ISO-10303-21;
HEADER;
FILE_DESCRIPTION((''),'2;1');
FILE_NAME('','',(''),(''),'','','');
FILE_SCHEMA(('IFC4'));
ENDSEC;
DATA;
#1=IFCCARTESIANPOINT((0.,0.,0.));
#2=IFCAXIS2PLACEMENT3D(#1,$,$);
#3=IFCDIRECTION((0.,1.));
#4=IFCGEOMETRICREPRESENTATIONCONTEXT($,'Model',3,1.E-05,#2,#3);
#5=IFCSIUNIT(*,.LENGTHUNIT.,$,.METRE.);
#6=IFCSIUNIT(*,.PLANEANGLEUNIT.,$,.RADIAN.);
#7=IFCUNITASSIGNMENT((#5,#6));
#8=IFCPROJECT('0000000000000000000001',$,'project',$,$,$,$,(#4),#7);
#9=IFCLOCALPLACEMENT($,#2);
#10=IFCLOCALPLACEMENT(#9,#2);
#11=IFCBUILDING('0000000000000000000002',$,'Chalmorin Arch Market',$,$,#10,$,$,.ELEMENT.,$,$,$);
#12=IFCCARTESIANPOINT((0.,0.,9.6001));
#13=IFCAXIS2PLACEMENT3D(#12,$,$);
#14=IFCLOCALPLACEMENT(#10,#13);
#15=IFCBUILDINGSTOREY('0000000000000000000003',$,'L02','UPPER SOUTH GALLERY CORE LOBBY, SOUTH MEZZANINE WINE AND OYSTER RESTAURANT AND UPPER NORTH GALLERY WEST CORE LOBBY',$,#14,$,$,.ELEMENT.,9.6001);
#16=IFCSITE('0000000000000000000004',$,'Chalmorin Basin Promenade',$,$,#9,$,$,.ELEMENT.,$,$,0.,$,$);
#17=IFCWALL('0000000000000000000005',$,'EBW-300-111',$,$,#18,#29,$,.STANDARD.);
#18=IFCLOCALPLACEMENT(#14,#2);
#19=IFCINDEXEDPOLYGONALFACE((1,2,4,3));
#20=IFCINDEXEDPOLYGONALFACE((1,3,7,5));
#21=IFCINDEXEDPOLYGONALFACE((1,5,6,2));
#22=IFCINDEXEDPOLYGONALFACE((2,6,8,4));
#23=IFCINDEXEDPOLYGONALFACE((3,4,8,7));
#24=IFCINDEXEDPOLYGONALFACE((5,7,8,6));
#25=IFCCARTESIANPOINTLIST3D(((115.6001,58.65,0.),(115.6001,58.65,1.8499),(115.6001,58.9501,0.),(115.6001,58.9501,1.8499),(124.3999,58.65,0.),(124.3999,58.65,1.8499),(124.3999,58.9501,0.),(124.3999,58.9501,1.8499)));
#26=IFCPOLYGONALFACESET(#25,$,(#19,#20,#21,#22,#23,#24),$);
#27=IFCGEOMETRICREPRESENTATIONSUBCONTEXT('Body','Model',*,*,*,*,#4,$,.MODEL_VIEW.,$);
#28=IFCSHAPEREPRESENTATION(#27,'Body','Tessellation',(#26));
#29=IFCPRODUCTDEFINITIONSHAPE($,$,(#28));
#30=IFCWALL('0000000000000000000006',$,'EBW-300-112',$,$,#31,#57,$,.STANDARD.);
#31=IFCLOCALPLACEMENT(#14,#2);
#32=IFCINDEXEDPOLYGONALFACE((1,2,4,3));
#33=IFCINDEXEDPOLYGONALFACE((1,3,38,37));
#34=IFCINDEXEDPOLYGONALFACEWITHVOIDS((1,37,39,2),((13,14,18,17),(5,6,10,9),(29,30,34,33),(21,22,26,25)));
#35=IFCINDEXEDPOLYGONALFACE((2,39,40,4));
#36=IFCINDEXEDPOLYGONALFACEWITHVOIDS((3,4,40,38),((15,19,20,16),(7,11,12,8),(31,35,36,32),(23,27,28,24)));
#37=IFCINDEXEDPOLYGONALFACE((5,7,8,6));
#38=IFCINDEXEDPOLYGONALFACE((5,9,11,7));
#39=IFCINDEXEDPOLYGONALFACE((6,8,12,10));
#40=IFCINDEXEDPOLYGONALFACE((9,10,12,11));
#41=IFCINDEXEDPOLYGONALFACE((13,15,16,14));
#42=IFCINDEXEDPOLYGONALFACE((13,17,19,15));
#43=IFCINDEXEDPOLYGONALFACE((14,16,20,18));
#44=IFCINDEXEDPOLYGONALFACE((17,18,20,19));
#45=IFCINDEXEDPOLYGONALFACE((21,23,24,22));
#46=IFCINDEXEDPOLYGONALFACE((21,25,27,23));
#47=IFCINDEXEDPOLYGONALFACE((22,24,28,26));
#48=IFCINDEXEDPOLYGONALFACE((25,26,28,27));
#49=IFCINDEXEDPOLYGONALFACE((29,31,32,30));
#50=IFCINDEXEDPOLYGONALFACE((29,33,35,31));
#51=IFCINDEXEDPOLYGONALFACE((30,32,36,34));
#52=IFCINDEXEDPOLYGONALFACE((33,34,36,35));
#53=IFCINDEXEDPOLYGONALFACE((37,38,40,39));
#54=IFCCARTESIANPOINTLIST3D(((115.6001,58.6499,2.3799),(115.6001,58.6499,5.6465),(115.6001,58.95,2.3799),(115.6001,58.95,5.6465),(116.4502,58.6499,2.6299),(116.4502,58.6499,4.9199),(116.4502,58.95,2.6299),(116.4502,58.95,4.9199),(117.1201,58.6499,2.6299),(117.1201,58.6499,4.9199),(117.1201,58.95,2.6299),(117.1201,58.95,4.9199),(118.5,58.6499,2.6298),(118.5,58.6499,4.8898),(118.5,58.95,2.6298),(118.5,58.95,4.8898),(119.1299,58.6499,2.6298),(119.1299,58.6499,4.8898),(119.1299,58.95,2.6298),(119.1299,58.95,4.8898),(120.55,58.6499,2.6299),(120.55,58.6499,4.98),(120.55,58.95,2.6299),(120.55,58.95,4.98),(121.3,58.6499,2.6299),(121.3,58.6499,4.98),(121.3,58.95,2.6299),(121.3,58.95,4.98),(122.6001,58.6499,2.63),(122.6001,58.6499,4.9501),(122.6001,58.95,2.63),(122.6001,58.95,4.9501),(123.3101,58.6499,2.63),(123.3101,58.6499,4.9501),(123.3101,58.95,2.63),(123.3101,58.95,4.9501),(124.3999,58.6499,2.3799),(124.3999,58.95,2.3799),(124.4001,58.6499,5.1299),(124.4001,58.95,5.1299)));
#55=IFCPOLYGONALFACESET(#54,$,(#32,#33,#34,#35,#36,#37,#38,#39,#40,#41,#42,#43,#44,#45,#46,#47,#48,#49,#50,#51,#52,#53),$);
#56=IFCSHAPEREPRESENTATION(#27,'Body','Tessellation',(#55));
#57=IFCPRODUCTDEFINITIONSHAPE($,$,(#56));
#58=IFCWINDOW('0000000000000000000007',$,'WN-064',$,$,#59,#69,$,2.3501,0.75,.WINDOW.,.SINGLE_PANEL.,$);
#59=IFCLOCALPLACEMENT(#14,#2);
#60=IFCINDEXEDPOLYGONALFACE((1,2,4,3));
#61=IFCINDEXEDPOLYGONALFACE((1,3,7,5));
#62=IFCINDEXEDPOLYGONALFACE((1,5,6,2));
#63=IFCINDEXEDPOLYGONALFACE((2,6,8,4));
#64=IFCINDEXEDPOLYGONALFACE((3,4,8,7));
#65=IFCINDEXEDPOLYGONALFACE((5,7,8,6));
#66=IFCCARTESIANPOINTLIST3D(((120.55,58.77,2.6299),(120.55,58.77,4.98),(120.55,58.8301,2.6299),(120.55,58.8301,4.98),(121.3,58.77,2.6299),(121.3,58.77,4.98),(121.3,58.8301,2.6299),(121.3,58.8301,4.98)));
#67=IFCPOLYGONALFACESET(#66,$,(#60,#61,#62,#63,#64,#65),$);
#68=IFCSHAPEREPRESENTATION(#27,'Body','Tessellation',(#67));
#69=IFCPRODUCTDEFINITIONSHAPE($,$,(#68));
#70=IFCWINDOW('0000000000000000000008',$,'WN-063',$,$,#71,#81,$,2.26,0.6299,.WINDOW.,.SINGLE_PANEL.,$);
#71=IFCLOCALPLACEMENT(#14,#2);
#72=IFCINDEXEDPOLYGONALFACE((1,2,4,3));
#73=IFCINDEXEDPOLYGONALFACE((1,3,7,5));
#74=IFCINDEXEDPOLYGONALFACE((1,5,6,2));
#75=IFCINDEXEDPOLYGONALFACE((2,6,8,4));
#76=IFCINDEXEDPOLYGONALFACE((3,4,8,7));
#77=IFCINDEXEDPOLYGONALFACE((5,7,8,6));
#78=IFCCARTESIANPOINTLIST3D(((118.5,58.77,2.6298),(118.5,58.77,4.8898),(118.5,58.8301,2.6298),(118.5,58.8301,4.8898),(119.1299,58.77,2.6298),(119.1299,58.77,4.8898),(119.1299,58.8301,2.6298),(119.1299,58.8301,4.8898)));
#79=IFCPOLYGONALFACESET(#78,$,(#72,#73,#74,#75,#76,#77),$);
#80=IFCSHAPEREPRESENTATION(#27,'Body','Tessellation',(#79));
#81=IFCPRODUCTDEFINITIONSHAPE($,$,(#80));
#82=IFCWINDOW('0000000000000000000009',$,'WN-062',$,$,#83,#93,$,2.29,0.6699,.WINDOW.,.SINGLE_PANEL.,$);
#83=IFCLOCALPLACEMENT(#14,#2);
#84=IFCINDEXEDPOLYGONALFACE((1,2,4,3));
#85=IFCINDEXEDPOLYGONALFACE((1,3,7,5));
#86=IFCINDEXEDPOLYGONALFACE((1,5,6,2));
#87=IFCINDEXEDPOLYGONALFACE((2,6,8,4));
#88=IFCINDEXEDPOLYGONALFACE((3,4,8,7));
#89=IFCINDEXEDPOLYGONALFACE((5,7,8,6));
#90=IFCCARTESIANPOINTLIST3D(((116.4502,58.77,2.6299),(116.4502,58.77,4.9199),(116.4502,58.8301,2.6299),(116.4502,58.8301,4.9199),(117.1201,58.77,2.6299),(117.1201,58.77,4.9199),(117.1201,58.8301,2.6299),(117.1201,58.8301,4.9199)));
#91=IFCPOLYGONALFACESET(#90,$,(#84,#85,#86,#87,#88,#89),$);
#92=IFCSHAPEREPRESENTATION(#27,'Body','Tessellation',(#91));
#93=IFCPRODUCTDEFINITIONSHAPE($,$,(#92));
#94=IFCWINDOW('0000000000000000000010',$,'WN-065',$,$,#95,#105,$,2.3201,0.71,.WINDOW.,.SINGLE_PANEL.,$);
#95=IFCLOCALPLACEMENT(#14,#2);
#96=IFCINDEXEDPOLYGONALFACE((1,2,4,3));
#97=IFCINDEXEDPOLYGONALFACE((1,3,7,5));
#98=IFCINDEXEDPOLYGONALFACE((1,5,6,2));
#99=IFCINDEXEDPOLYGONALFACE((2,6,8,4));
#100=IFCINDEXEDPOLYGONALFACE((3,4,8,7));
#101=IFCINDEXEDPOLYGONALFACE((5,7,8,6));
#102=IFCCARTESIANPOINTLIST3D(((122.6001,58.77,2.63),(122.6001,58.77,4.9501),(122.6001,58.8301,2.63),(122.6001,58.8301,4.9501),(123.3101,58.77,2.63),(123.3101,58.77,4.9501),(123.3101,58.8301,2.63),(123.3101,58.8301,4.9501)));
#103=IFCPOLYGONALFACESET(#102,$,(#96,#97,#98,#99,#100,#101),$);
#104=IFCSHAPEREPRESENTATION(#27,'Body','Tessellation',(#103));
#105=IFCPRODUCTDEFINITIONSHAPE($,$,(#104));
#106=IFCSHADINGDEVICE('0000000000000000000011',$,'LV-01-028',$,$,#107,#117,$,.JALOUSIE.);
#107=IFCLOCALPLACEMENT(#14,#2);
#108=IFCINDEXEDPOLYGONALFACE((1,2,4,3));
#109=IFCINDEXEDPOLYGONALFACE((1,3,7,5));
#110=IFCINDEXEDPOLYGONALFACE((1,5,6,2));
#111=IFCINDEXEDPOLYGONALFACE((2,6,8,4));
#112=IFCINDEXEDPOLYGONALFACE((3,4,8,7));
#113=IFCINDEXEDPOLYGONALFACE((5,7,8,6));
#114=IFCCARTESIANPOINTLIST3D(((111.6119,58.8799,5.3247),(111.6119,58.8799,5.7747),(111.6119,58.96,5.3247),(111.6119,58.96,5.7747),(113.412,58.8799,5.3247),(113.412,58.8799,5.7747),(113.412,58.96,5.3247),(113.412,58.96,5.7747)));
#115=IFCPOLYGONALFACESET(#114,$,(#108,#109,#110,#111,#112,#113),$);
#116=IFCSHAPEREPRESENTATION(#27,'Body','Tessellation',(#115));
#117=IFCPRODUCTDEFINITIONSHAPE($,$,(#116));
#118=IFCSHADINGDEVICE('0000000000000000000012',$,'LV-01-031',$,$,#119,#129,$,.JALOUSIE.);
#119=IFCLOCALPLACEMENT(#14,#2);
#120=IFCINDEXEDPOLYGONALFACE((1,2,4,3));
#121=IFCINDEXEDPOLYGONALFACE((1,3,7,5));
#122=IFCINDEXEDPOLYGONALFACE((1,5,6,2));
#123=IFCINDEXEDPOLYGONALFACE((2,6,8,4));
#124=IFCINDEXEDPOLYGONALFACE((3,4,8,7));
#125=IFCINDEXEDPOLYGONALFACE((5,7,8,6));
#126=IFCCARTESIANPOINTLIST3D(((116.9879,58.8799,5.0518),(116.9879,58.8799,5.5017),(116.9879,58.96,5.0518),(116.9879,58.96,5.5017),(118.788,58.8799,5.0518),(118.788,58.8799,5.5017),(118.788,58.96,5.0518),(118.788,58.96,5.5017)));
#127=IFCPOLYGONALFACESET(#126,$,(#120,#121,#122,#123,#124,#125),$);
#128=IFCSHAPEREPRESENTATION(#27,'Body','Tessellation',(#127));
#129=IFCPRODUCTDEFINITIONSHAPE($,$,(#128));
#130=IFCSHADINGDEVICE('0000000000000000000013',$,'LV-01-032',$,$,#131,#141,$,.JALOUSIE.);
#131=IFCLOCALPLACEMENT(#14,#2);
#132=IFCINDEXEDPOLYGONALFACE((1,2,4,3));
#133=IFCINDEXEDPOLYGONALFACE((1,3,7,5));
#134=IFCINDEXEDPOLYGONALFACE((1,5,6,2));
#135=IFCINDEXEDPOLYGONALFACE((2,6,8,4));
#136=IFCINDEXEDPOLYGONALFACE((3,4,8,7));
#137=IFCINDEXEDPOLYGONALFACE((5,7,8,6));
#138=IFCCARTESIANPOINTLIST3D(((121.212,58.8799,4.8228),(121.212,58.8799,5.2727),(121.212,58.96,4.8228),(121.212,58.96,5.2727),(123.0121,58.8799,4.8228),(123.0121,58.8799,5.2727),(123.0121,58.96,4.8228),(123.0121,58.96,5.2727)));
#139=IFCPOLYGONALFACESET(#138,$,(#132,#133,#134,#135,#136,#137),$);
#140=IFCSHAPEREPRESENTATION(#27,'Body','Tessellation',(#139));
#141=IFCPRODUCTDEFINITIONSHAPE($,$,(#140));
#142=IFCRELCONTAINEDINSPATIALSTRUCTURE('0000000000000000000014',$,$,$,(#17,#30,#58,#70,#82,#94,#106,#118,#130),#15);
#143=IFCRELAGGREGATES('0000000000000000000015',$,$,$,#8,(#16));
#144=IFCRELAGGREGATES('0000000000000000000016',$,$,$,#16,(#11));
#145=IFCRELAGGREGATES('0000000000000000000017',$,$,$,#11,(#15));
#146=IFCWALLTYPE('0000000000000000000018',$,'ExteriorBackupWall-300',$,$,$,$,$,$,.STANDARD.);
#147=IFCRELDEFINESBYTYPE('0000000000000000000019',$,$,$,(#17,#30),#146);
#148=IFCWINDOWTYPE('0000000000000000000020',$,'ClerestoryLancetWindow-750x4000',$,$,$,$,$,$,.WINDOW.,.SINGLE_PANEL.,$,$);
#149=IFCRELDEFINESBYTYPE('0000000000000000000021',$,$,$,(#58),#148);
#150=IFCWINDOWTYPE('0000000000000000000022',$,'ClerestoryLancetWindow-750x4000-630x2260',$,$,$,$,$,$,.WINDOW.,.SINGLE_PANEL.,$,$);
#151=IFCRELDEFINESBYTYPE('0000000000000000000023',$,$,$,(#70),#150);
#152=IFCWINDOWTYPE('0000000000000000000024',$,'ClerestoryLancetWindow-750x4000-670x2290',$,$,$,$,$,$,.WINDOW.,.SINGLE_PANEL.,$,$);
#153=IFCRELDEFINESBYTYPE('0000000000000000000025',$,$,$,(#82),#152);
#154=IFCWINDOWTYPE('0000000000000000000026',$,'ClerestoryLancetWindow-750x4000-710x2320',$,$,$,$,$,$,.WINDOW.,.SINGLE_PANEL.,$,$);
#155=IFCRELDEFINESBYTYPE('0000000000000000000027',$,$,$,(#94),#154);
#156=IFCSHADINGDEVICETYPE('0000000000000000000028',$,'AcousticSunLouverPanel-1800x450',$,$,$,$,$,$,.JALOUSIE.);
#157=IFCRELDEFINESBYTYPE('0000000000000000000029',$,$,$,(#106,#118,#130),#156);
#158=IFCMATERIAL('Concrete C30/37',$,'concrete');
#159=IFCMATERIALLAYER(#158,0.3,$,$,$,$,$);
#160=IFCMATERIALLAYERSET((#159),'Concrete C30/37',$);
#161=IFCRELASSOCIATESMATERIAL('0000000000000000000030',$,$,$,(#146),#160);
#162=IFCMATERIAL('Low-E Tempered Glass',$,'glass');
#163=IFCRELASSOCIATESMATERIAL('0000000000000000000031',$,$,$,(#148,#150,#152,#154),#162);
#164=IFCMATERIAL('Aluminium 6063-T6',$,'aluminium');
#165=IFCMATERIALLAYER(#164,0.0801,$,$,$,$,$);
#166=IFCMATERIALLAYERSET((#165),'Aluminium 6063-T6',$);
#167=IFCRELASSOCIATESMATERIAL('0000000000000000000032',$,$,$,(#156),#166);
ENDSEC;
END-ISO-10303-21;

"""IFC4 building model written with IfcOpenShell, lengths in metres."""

from ifc_helpers import new_model, si_unit, direction, frame, frame_2d, origin, origin_2d, place, context, subcontext, project, spatial, polyline, rectangle, outline, extrude, material, layer, layer_set, type_object, element, fill, save


model = new_model("IFC4")

# Units and contexts
model_context = context("Model", 3, precision=1e-05, world=origin(), true_north=direction((0.0, 1.0)))
body_context = subcontext(model_context, "Body", "Model", "MODEL_VIEW")
ifc_project = project(units=[si_unit("LENGTHUNIT", "METRE"), si_unit("PLANEANGLEUNIT", "RADIAN")], contexts=[model_context])

# Site, building, storey
site_placement = place(None, origin())
site = spatial("IfcSite", under=ifc_project, at=site_placement, Name="Chalmorin Basin Promenade", CompositionType="ELEMENT", RefElevation=0.0)
building_placement = place(site_placement, origin())
building = spatial("IfcBuilding", under=site, at=building_placement, Name="Chalmorin Arch Market", CompositionType="ELEMENT")
storey_placement = place(building_placement, frame((0.0, 0.0, 9.6001)))
storey = spatial("IfcBuildingStorey", under=building, at=storey_placement, Name="L02", Description="UPPER SOUTH GALLERY CORE LOBBY, SOUTH MEZZANINE WINE AND OYSTER RESTAURANT AND UPPER NORTH GALLERY WEST CORE LOBBY", CompositionType="ELEMENT", Elevation=9.6001)

# Shared definitions
ifc_material_1 = material(Name="Aluminium 6063-T6", Category="aluminium")

# Shared definitions
ifc_material_2 = material(Name="Low-E Tempered Glass", Category="glass")

# Wall
ifc_material_3 = material(Name="Concrete C30/37", Category="concrete")
ifc_layer_1 = layer(ifc_material_3, 0.3)
ifc_layer_set_1 = layer_set([ifc_layer_1], Name="Concrete C30/37")
wall_type_1 = type_object("IfcWallType", Name="ExteriorBackupWall-300", PredefinedType="STANDARD", material=ifc_layer_set_1)
wall_1_placement = place(storey_placement, frame((115.6001, 58.8, 0.0), z_axis=(0.0, 0.0, 1.0), x_axis=(1.0, 0.0, 0.0)))
element("IfcWall", 1, at=wall_1_placement, inside=storey, type_object=wall_type_1, Name="EBW-300-111", PredefinedType="STANDARD", context=body_context, shape_type="SweptSolid", body=[
    extrude(rectangle(XDim=8.7998, YDim=0.3, at=frame_2d((4.3999, 0.0))), origin(), (0.0, 0.0, 1.0), 1.8499),
])

# Wall, openings, windows
wall_2_placement = place(storey_placement, frame((115.6001, 58.8, 2.3799), z_axis=(0.0, 0.0, 1.0), x_axis=(1.0, 0.0, 0.0)))
wall_2 = element("IfcWall", 2, at=wall_2_placement, inside=storey, type_object=wall_type_1, Name="EBW-300-112", PredefinedType="STANDARD", context=body_context, shape_type="SweptSolid", body=[
    extrude(outline(polyline([(0.0, 0.0), (8.7998, 0.0), (8.8, 2.75), (0.0, 3.2666), (0.0, 0.0)])), frame((0.0, 0.1499, 0.0), z_axis=(0.0, -1.0, 0.0), x_axis=(1.0, 0.0, 0.0)), (0.0, 0.0, 1.0), 0.3),
])
opening_1_placement = place(wall_2_placement, frame((0.8501, 0.0, 0.25)))
opening_1 = element("IfcOpeningElement", 3, at=opening_1_placement, cuts=wall_2, PredefinedType="OPENING", context=body_context, shape_type="SweptSolid", body=[
    extrude(rectangle(XDim=0.6699, YDim=2.29, at=frame_2d((0.335, 1.145))), frame((0.0, 0.1599, 0.0), z_axis=(0.0, -1.0, 0.0), x_axis=(1.0, 0.0, 0.0)), (0.0, 0.0, 1.0), 0.3201),
])
opening_2_placement = place(wall_2_placement, frame((2.8999, 0.0, 0.25)))
opening_2 = element("IfcOpeningElement", 4, at=opening_2_placement, cuts=wall_2, PredefinedType="OPENING", context=body_context, shape_type="SweptSolid", body=[
    extrude(rectangle(XDim=0.6299, YDim=2.26, at=frame_2d((0.3149, 1.1299))), frame((0.0, 0.1599, 0.0), z_axis=(0.0, -1.0, 0.0), x_axis=(1.0, 0.0, 0.0)), (0.0, 0.0, 1.0), 0.3201),
])
opening_3_placement = place(wall_2_placement, frame((4.95, 0.0, 0.25)))
opening_3 = element("IfcOpeningElement", 5, at=opening_3_placement, cuts=wall_2, PredefinedType="OPENING", context=body_context, shape_type="SweptSolid", body=[
    extrude(rectangle(XDim=0.75, YDim=2.3501, at=frame_2d((0.375, 1.175))), frame((0.0, 0.1599, 0.0), z_axis=(0.0, -1.0, 0.0), x_axis=(1.0, 0.0, 0.0)), (0.0, 0.0, 1.0), 0.3201),
])
opening_4_placement = place(wall_2_placement, frame((7.0, 0.0, 0.25)))
opening_4 = element("IfcOpeningElement", 6, at=opening_4_placement, cuts=wall_2, PredefinedType="OPENING", context=body_context, shape_type="SweptSolid", body=[
    extrude(rectangle(XDim=0.71, YDim=2.3201, at=frame_2d((0.355, 1.1602))), frame((0.0, 0.1599, 0.0), z_axis=(0.0, -1.0, 0.0), x_axis=(1.0, 0.0, 0.0)), (0.0, 0.0, 1.0), 0.3201),
])
window_type_1 = type_object("IfcWindowType", Name="ClerestoryLancetWindow-750x4000", PartitioningType="SINGLE_PANEL", PredefinedType="WINDOW", material=ifc_material_2)
window_1_placement = place(opening_3_placement, origin())
window_1 = element("IfcWindow", 7, at=window_1_placement, inside=storey, type_object=window_type_1, Name="WN-064", OverallHeight=2.3501, OverallWidth=0.75, PartitioningType="SINGLE_PANEL", PredefinedType="WINDOW", context=body_context, shape_type="SweptSolid", body=[
    extrude(rectangle(XDim=0.75, YDim=2.3501, at=frame_2d((0.375, 1.175))), frame((0.0, 0.03, 0.0), z_axis=(0.0, -1.0, 0.0), x_axis=(1.0, 0.0, 0.0)), (0.0, 0.0, 1.0), 0.0601),
])
fill(opening_3, window_1)
window_type_2 = type_object("IfcWindowType", Name="ClerestoryLancetWindow-750x4000-630x2260", PartitioningType="SINGLE_PANEL", PredefinedType="WINDOW", material=ifc_material_2)
window_2_placement = place(opening_2_placement, origin())
window_2 = element("IfcWindow", 8, at=window_2_placement, inside=storey, type_object=window_type_2, Name="WN-063", OverallHeight=2.26, OverallWidth=0.6299, PartitioningType="SINGLE_PANEL", PredefinedType="WINDOW", context=body_context, shape_type="SweptSolid", body=[
    extrude(rectangle(XDim=0.6299, YDim=2.26, at=frame_2d((0.3149, 1.1299))), frame((0.0, 0.03, 0.0), z_axis=(0.0, -1.0, 0.0), x_axis=(1.0, 0.0, 0.0)), (0.0, 0.0, 1.0), 0.0601),
])
fill(opening_2, window_2)
window_type_3 = type_object("IfcWindowType", Name="ClerestoryLancetWindow-750x4000-670x2290", PartitioningType="SINGLE_PANEL", PredefinedType="WINDOW", material=ifc_material_2)
window_3_placement = place(opening_1_placement, origin())
window_3 = element("IfcWindow", 9, at=window_3_placement, inside=storey, type_object=window_type_3, Name="WN-062", OverallHeight=2.29, OverallWidth=0.6699, PartitioningType="SINGLE_PANEL", PredefinedType="WINDOW", context=body_context, shape_type="SweptSolid", body=[
    extrude(rectangle(XDim=0.6699, YDim=2.29, at=frame_2d((0.335, 1.145))), frame((0.0, 0.03, 0.0), z_axis=(0.0, -1.0, 0.0), x_axis=(1.0, 0.0, 0.0)), (0.0, 0.0, 1.0), 0.0601),
])
fill(opening_1, window_3)
window_type_4 = type_object("IfcWindowType", Name="ClerestoryLancetWindow-750x4000-710x2320", PartitioningType="SINGLE_PANEL", PredefinedType="WINDOW", material=ifc_material_2)
window_4_placement = place(opening_4_placement, origin())
window_4 = element("IfcWindow", 10, at=window_4_placement, inside=storey, type_object=window_type_4, Name="WN-065", OverallHeight=2.3201, OverallWidth=0.71, PartitioningType="SINGLE_PANEL", PredefinedType="WINDOW", context=body_context, shape_type="SweptSolid", body=[
    extrude(rectangle(XDim=0.71, YDim=2.3201, at=frame_2d((0.355, 1.1602))), frame((0.0, 0.03, 0.0), z_axis=(0.0, -1.0, 0.0), x_axis=(1.0, 0.0, 0.0)), (0.0, 0.0, 1.0), 0.0601),
])
fill(opening_4, window_4)

# Shading devices
ifc_layer_2 = layer(ifc_material_1, 0.0801)
ifc_layer_set_2 = layer_set([ifc_layer_2], Name="Aluminium 6063-T6")
shading_device_type = type_object("IfcShadingDeviceType", Name="AcousticSunLouverPanel-1800x450", PredefinedType="JALOUSIE", material=ifc_layer_set_2)
for number, where, z_axis, x_axis, name in (
    (11, (112.512, 58.9199, 5.3247), (0.0, 0.0, 1.0), (1.0, 0.0, 0.0), "LV-01-028"),
    (12, (117.8879, 58.9199, 5.0518), (0.0, 0.0, 1.0), (1.0, 0.0, 0.0), "LV-01-031"),
    (13, (122.1121, 58.9199, 4.8228), (0.0, 0.0, 1.0), (1.0, 0.0, 0.0), "LV-01-032"),
):
    element("IfcShadingDevice", number, at=place(storey_placement, frame(where, z_axis=z_axis, x_axis=x_axis)), inside=storey, type_object=shading_device_type, Name=name, PredefinedType="JALOUSIE", context=body_context, shape_type="SweptSolid", body=[
        extrude(rectangle(XDim=1.8, YDim=0.0801, at=origin_2d()), origin(), (0.0, 0.0, 1.0), 0.45),
    ])

save(model, "model.ifc")
